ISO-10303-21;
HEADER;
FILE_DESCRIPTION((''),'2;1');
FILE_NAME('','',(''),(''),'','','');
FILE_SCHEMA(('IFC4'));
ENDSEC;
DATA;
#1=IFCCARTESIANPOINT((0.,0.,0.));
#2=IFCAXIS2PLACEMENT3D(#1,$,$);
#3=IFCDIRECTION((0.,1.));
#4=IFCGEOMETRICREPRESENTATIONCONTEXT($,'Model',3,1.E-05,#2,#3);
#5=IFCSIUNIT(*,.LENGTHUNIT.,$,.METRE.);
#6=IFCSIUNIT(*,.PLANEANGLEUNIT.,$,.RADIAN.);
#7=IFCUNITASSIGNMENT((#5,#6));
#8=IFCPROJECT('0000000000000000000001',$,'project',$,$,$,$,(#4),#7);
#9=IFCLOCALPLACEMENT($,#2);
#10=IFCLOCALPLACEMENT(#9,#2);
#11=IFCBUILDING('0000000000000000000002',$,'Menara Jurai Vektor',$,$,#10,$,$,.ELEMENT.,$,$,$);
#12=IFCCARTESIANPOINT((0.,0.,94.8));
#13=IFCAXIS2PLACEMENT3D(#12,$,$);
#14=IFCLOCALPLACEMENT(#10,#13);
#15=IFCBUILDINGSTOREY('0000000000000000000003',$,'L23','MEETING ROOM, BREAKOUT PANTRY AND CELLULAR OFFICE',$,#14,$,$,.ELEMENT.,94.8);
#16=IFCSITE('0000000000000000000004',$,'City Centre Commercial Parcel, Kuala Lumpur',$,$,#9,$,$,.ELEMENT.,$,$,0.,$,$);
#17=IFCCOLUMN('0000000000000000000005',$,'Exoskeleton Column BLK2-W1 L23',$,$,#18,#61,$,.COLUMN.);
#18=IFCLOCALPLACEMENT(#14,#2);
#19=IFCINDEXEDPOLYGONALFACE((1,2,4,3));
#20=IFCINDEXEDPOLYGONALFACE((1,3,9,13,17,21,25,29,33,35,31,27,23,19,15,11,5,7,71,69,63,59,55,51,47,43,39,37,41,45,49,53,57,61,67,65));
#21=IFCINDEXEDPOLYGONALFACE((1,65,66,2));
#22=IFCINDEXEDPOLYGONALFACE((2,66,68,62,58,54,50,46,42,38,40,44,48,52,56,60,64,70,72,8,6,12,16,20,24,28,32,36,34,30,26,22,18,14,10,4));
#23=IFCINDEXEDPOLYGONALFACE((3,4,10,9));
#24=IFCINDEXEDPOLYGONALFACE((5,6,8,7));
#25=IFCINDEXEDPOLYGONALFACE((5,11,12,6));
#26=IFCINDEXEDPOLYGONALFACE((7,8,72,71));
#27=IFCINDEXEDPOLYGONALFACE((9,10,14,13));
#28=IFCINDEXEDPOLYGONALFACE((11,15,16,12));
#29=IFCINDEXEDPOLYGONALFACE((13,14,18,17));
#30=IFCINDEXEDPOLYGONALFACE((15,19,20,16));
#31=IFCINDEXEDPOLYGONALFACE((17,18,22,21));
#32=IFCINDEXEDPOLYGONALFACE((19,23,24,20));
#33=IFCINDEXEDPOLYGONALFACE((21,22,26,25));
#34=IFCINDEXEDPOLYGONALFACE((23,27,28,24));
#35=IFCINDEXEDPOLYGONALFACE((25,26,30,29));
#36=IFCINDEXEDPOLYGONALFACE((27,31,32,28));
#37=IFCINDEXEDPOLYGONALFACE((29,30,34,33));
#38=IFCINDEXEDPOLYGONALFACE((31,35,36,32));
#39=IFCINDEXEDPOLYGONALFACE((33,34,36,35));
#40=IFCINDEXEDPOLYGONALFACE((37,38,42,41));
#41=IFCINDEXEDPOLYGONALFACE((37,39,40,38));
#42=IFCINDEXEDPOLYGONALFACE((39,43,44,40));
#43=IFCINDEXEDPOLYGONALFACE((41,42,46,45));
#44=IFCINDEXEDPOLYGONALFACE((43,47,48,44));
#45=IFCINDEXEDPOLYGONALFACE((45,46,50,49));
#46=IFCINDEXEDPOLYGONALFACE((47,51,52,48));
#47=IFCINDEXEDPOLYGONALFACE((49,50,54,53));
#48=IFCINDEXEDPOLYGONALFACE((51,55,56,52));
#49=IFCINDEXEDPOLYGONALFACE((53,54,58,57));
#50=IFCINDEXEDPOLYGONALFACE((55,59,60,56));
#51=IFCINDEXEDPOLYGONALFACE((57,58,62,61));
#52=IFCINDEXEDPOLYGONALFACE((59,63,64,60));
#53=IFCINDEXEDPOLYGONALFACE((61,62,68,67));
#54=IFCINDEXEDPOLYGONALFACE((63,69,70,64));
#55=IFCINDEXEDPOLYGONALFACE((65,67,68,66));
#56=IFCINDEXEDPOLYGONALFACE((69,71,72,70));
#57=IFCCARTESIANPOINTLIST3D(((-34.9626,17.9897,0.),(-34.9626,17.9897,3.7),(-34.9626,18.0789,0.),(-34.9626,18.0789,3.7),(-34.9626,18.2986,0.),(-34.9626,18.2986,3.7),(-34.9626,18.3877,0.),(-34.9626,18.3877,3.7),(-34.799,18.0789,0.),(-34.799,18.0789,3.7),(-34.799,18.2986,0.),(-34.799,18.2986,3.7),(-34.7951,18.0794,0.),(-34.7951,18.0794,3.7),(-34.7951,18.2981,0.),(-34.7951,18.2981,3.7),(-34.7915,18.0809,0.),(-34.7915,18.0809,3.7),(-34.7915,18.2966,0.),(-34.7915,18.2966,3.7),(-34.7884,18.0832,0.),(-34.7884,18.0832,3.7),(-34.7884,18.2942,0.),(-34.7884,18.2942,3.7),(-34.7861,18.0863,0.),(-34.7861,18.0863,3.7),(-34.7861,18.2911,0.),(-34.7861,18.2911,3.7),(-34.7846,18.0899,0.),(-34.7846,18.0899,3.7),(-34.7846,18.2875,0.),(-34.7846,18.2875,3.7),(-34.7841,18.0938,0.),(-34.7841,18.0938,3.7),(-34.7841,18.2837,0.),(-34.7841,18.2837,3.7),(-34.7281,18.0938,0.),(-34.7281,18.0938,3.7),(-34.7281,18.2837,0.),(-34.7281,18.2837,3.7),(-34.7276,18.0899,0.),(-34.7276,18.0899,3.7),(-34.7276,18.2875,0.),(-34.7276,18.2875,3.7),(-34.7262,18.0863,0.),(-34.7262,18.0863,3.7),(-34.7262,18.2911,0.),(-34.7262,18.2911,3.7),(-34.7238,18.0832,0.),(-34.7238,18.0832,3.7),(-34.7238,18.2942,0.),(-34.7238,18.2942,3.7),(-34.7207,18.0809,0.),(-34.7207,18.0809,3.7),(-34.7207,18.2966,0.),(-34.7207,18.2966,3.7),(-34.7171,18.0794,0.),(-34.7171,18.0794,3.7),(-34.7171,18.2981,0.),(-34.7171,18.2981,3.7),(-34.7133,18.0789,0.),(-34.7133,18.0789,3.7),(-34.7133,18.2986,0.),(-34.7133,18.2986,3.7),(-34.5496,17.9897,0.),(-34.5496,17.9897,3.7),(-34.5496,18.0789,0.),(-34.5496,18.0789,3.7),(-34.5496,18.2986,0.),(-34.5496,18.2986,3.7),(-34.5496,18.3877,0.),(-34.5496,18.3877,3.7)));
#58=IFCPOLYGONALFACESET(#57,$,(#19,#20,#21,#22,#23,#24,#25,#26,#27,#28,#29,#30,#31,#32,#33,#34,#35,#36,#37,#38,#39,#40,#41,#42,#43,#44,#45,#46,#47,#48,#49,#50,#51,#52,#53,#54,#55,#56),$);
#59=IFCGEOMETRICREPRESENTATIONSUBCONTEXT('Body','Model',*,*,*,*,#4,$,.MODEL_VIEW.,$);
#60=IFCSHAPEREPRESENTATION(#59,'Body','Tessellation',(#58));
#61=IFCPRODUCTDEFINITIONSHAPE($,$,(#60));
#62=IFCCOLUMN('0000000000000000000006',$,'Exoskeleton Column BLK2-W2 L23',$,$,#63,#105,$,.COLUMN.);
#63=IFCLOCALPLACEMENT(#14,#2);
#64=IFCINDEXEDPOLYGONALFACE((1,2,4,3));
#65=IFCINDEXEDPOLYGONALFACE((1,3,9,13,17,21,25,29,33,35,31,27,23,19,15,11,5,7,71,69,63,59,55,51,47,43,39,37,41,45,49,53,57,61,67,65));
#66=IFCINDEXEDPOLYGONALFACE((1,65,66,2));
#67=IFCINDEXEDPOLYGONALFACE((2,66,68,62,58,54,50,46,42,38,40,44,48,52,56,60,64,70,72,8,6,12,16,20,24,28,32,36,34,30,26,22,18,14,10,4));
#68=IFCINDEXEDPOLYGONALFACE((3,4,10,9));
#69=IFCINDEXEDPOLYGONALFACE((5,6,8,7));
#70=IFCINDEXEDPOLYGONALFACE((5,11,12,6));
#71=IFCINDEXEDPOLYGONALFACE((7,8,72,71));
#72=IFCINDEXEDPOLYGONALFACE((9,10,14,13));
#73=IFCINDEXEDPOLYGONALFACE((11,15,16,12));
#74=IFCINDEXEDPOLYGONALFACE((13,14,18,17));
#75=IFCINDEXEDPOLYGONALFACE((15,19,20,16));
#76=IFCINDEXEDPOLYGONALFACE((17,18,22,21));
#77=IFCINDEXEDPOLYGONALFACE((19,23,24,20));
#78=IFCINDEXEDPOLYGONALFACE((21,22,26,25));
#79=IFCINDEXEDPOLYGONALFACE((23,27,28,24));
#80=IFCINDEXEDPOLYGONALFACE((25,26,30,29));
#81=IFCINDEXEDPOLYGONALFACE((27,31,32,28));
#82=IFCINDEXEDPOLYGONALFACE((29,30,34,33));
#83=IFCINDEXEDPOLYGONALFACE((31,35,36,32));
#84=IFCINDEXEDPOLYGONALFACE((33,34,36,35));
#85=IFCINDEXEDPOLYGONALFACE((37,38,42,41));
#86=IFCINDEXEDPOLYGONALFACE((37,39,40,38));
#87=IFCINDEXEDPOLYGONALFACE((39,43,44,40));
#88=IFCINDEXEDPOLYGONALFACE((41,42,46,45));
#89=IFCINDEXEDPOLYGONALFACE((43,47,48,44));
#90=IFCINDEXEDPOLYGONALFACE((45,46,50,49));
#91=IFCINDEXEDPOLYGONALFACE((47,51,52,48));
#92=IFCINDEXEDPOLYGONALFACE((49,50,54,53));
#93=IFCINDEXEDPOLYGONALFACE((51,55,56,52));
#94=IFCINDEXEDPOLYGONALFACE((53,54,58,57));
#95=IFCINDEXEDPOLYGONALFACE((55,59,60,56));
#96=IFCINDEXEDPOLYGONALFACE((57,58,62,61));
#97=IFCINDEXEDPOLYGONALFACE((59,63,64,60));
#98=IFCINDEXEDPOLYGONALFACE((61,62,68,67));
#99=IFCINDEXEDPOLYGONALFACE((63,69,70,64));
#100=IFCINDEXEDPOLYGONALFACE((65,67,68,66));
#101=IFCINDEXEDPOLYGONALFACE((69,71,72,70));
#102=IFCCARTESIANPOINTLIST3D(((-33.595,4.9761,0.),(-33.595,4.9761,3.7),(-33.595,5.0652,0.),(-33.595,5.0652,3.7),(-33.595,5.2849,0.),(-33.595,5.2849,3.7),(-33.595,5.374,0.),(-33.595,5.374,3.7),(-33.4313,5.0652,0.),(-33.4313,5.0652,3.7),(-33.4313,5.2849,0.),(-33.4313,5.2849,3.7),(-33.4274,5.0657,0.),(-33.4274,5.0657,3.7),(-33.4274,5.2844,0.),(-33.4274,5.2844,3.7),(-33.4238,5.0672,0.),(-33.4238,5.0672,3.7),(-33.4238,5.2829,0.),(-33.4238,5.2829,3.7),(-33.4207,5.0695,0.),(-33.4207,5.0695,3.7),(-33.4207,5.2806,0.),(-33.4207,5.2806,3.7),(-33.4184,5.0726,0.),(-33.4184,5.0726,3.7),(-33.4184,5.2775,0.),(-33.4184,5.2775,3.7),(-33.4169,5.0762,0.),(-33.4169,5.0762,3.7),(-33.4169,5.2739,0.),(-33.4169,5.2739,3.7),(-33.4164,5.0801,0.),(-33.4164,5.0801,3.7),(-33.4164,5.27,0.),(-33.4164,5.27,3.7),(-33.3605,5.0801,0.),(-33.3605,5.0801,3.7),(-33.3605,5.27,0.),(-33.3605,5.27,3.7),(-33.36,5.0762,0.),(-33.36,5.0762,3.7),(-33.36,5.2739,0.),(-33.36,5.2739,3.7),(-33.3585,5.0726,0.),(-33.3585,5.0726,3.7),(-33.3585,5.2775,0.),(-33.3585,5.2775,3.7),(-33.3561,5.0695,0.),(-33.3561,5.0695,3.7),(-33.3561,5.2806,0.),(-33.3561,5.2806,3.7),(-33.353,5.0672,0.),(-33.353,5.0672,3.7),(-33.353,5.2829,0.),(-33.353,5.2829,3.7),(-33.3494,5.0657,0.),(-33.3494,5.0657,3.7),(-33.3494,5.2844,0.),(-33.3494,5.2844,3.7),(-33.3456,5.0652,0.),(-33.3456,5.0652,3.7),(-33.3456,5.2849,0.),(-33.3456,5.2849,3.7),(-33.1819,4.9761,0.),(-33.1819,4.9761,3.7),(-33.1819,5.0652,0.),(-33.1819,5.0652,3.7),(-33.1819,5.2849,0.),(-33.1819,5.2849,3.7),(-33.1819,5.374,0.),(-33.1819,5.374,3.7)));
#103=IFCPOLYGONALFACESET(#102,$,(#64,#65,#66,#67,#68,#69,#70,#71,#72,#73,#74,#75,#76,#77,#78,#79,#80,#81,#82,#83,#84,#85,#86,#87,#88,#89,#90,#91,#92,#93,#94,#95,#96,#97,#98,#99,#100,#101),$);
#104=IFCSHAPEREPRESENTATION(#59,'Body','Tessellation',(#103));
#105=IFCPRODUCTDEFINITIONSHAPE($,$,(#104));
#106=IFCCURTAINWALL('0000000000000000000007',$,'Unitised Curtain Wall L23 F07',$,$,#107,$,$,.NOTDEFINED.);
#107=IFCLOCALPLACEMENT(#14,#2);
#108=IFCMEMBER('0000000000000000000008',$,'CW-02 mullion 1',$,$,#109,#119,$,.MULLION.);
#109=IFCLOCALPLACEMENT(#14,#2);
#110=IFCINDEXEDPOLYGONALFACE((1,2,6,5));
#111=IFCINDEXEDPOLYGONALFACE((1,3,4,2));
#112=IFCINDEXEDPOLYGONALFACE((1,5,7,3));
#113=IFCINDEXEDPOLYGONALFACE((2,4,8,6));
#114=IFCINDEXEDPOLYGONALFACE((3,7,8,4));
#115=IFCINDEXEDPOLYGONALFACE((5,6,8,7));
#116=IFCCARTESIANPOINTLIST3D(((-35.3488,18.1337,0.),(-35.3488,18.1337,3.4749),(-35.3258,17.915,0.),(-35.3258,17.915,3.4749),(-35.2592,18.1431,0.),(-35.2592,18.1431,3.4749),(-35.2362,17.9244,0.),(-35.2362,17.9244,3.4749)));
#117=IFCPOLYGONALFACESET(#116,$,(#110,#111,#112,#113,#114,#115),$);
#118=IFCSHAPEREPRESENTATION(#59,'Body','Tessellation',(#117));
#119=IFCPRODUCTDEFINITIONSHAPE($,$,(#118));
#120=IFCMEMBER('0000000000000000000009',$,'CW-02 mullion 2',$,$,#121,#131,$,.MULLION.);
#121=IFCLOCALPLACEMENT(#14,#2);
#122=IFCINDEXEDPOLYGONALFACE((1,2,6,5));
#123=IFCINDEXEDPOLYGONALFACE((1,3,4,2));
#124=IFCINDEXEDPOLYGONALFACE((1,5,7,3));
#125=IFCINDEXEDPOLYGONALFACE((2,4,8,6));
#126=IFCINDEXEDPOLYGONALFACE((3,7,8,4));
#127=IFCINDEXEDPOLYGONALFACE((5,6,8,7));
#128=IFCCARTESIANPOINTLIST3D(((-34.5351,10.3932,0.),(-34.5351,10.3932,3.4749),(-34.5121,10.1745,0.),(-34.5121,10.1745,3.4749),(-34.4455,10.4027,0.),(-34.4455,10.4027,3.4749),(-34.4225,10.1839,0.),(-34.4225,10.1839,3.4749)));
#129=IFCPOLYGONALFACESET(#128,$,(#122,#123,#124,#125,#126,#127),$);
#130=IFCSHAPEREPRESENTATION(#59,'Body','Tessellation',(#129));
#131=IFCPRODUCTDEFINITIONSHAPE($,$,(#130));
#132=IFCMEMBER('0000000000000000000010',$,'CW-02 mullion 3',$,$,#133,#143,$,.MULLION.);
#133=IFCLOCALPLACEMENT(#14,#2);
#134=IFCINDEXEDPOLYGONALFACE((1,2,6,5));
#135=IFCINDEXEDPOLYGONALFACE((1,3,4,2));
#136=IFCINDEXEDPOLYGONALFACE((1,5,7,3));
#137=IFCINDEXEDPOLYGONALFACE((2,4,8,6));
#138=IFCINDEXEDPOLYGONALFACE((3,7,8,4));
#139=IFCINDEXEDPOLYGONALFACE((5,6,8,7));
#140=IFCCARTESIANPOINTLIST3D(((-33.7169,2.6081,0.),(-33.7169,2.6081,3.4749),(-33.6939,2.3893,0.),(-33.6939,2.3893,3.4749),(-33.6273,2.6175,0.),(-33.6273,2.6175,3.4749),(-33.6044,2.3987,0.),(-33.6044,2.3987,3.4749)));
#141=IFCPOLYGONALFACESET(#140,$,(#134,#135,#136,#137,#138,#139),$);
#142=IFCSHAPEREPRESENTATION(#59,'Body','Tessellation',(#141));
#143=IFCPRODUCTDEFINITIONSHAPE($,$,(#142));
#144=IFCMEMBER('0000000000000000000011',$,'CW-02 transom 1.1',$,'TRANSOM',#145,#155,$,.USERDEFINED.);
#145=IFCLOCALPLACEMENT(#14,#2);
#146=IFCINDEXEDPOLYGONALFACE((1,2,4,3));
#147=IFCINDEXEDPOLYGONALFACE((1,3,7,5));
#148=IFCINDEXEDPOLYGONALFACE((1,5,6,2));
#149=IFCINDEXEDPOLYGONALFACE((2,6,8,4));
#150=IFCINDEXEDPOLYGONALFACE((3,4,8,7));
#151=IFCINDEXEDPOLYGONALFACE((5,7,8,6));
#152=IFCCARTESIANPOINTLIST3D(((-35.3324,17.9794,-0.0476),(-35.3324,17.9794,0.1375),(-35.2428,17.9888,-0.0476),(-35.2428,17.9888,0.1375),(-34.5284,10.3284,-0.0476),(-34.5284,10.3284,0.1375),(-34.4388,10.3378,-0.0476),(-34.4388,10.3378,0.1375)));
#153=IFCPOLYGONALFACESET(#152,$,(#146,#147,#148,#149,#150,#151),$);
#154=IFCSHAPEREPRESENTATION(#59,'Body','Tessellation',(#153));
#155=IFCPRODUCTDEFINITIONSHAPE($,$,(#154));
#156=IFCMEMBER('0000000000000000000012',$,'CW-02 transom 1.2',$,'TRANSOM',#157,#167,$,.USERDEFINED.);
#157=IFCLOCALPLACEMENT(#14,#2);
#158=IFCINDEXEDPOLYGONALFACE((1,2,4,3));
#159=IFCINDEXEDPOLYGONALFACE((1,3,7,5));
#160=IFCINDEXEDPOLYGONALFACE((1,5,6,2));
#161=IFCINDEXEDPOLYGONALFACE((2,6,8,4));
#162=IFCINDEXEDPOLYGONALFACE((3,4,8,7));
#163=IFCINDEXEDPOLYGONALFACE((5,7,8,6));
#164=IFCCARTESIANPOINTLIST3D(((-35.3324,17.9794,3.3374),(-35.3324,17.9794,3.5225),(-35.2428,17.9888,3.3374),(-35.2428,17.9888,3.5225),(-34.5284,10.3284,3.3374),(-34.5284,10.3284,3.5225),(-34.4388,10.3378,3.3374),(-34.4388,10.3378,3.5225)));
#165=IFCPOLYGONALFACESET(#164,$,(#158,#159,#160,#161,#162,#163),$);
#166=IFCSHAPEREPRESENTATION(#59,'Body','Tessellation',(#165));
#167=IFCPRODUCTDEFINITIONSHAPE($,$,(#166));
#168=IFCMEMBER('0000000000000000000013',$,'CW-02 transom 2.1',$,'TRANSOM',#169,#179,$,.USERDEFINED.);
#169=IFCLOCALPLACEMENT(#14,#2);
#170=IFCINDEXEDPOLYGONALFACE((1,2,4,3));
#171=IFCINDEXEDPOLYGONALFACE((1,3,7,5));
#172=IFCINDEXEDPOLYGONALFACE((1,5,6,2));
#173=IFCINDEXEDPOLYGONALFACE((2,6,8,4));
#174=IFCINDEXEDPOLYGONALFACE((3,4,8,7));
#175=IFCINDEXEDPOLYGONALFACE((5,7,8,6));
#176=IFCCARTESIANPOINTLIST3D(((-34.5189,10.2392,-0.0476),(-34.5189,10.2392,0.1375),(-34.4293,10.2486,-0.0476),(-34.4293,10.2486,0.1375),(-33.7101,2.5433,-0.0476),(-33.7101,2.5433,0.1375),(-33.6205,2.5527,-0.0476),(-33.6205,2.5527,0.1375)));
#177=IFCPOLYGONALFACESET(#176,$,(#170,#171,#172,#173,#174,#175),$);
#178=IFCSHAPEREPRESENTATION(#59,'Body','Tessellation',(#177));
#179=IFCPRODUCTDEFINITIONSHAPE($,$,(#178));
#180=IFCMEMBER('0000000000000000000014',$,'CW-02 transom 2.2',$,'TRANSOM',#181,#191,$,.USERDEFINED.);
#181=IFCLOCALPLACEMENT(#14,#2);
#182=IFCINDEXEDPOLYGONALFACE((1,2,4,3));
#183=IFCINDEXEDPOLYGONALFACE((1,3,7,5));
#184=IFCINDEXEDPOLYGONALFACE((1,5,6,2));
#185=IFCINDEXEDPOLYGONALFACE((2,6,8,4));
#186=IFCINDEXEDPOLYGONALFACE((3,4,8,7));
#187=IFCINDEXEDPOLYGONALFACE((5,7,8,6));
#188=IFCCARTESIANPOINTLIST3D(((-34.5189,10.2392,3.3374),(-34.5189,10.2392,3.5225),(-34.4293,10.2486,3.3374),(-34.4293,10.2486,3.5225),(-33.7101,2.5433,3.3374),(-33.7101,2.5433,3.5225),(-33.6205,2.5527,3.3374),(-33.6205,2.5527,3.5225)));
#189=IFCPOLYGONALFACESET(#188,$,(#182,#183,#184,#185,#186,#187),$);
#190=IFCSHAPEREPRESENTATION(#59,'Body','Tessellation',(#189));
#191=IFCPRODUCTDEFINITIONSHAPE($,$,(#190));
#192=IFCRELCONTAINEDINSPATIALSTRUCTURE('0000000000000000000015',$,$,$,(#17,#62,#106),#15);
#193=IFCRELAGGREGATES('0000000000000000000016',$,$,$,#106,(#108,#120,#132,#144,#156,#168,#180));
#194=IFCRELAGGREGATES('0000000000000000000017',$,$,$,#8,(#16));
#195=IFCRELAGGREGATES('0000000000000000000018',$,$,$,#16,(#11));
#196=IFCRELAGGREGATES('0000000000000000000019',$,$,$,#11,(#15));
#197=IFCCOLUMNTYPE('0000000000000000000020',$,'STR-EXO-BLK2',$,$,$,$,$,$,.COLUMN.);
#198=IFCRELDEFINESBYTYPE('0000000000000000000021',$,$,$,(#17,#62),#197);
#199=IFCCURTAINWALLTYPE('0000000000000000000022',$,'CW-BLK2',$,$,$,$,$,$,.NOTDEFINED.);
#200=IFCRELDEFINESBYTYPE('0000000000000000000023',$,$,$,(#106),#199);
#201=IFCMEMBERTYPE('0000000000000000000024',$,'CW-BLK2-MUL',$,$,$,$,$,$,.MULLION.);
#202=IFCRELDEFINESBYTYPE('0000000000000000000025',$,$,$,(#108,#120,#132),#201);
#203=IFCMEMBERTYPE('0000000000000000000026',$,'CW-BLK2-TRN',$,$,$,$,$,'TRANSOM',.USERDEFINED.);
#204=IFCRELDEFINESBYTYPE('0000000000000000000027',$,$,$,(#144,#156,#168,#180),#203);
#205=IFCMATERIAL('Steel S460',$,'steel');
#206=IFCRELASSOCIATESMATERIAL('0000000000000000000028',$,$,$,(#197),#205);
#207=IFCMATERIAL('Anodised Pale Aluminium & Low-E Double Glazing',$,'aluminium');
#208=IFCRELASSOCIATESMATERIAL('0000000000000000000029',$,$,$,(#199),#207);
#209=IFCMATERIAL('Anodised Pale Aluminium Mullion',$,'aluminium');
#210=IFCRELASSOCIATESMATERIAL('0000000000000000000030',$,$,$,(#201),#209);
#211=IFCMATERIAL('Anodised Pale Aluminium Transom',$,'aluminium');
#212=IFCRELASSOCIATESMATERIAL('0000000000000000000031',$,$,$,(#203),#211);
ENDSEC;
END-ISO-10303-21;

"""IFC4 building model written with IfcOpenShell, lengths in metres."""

from ifc_helpers import new_model, si_unit, direction, frame, origin, origin_2d, place, context, subcontext, project, spatial, rectangle, i_section, extrude, material, material_profile, profile_set, type_object, element, aggregate, save


model = new_model("IFC4")

# Units and contexts
model_context = context("Model", 3, precision=1e-05, world=origin(), true_north=direction((0.0, 1.0)))
body_context = subcontext(model_context, "Body", "Model", "MODEL_VIEW")
ifc_project = project(units=[si_unit("LENGTHUNIT", "METRE"), si_unit("PLANEANGLEUNIT", "RADIAN")], contexts=[model_context])

# Site, building, storey
site_placement = place(None, origin())
site = spatial("IfcSite", under=ifc_project, at=site_placement, Name="City Centre Commercial Parcel, Kuala Lumpur", CompositionType="ELEMENT", RefElevation=0.0)
building_placement = place(site_placement, origin())
building = spatial("IfcBuilding", under=site, at=building_placement, Name="Menara Jurai Vektor", CompositionType="ELEMENT")
storey_placement = place(building_placement, frame((0.0, 0.0, 94.8)))
storey = spatial("IfcBuildingStorey", under=building, at=storey_placement, Name="L23", Description="MEETING ROOM, BREAKOUT PANTRY AND CELLULAR OFFICE", CompositionType="ELEMENT", Elevation=94.8)

# Columns
ifc_material_1 = material(Name="Steel S460", Category="steel")
ifc_material_profile_1 = material_profile(ifc_material_1, i_section(OverallWidth=0.4131, OverallDepth=0.3979, WebThickness=0.0559, FlangeThickness=0.0891, FilletRadius=0.0149, at=origin_2d()), Name="HD 400x744")
ifc_profile_set_1 = profile_set([ifc_material_profile_1], Name="Steel S460")
column_type = type_object("IfcColumnType", Name="STR-EXO-BLK2", PredefinedType="COLUMN", material=ifc_profile_set_1)
for number, where, z_axis, x_axis, name in (
    (1, (-34.7561, 18.1887, 0.0), (0.0, 0.0, 1.0), (1.0, 0.0, 0.0), "Exoskeleton Column BLK2-W1 L23"),
    (2, (-33.3884, 5.175, 0.0), (0.0, 0.0, 1.0), (1.0, 0.0, 0.0), "Exoskeleton Column BLK2-W2 L23"),
):
    element("IfcColumn", number, at=place(storey_placement, frame(where, z_axis=z_axis, x_axis=x_axis)), inside=storey, type_object=column_type, Name=name, PredefinedType="COLUMN", context=body_context, shape_type="SweptSolid", body=[
        extrude(i_section(OverallWidth=0.4131, OverallDepth=0.3979, WebThickness=0.0559, FlangeThickness=0.0891, FilletRadius=0.0149, at=origin_2d()), origin(), (0.0, 0.0, 1.0), 3.7),
    ])

# Curtain wall, members
ifc_material_2 = material(Name="Anodised Pale Aluminium & Low-E Double Glazing", Category="aluminium")
curtain_wall_type = type_object("IfcCurtainWallType", Name="CW-BLK2", PredefinedType="NOTDEFINED", material=ifc_material_2)
curtain_wall_placement = place(storey_placement, origin())
curtain_wall = element("IfcCurtainWall", 3, at=curtain_wall_placement, inside=storey, type_object=curtain_wall_type, Name="Unitised Curtain Wall L23 F07", PredefinedType="NOTDEFINED")
ifc_material_3 = material(Name="Anodised Pale Aluminium Mullion", Category="aluminium")
ifc_material_profile_2 = material_profile(ifc_material_3, rectangle(XDim=0.0901, YDim=0.22, at=origin_2d()), Name="ALU MUL 90x220")
ifc_profile_set_2 = profile_set([ifc_material_profile_2], Name="Anodised Pale Aluminium Mullion")
member_type_1 = type_object("IfcMemberType", Name="CW-BLK2-MUL", PredefinedType="MULLION", material=ifc_profile_set_2)
member_1_placement = place(storey_placement, frame((-35.2925, 18.0291, 0.0), z_axis=(0.0, 0.0, 1.0), x_axis=(0.994522, 0.10453, 0.0)))
member_1 = element("IfcMember", 4, at=member_1_placement, type_object=member_type_1, Name="CW-02 mullion 1", PredefinedType="MULLION", context=body_context, shape_type="SweptSolid", body=[
    extrude(rectangle(XDim=0.0901, YDim=0.22, at=origin_2d()), origin(), (0.0, 0.0, 1.0), 3.4749),
])
member_2_placement = place(storey_placement, frame((-34.4788, 10.2886, 0.0), z_axis=(0.0, 0.0, 1.0), x_axis=(0.994522, 0.10453, 0.0)))
member_2 = element("IfcMember", 5, at=member_2_placement, type_object=member_type_1, Name="CW-02 mullion 2", PredefinedType="MULLION", context=body_context, shape_type="SweptSolid", body=[
    extrude(rectangle(XDim=0.0901, YDim=0.22, at=origin_2d()), origin(), (0.0, 0.0, 1.0), 3.4749),
])
member_3_placement = place(storey_placement, frame((-33.6606, 2.5034, 0.0), z_axis=(0.0, 0.0, 1.0), x_axis=(0.994522, 0.10453, 0.0)))
member_3 = element("IfcMember", 6, at=member_3_placement, type_object=member_type_1, Name="CW-02 mullion 3", PredefinedType="MULLION", context=body_context, shape_type="SweptSolid", body=[
    extrude(rectangle(XDim=0.0901, YDim=0.22, at=origin_2d()), origin(), (0.0, 0.0, 1.0), 3.4749),
])
ifc_material_4 = material(Name="Anodised Pale Aluminium Transom", Category="aluminium")
ifc_material_profile_3 = material_profile(ifc_material_4, rectangle(XDim=0.0901, YDim=0.1851, at=origin_2d()), Name="ALU TRN 90x185")
ifc_profile_set_3 = profile_set([ifc_material_profile_3], Name="Anodised Pale Aluminium Transom")
member_type_2 = type_object("IfcMemberType", Name="CW-BLK2-TRN", ElementType="TRANSOM", PredefinedType="USERDEFINED", material=ifc_profile_set_3)
member_4_placement = place(storey_placement, frame((-35.2876, 17.9841, 0.0449), z_axis=(0.104505, -0.994524, 0.0), x_axis=(0.994524, 0.104505, 0.0)))
member_4 = element("IfcMember", 7, at=member_4_placement, type_object=member_type_2, Name="CW-02 transom 1.1", ObjectType="TRANSOM", PredefinedType="USERDEFINED", context=body_context, shape_type="SweptSolid", body=[
    extrude(rectangle(XDim=0.0901, YDim=0.1851, at=origin_2d()), origin(), (0.0, 0.0, 1.0), 7.6931),
])
member_5_placement = place(storey_placement, frame((-35.2876, 17.9841, 3.4299), z_axis=(0.104505, -0.994524, 0.0), x_axis=(0.994524, 0.104505, 0.0)))
member_5 = element("IfcMember", 8, at=member_5_placement, type_object=member_type_2, Name="CW-02 transom 1.2", ObjectType="TRANSOM", PredefinedType="USERDEFINED", context=body_context, shape_type="SweptSolid", body=[
    extrude(rectangle(XDim=0.0901, YDim=0.1851, at=origin_2d()), origin(), (0.0, 0.0, 1.0), 7.6931),
])
member_6_placement = place(storey_placement, frame((-34.4741, 10.2439, 0.0449), z_axis=(0.104525, -0.994522, 0.0), x_axis=(0.994522, 0.104525, 0.0)))
member_6 = element("IfcMember", 9, at=member_6_placement, type_object=member_type_2, Name="CW-02 transom 2.1", ObjectType="TRANSOM", PredefinedType="USERDEFINED", context=body_context, shape_type="SweptSolid", body=[
    extrude(rectangle(XDim=0.0901, YDim=0.1851, at=origin_2d()), origin(), (0.0, 0.0, 1.0), 7.7383),
])
member_7_placement = place(storey_placement, frame((-34.4741, 10.2439, 3.4299), z_axis=(0.104525, -0.994522, 0.0), x_axis=(0.994522, 0.104525, 0.0)))
member_7 = element("IfcMember", 10, at=member_7_placement, type_object=member_type_2, Name="CW-02 transom 2.2", ObjectType="TRANSOM", PredefinedType="USERDEFINED", context=body_context, shape_type="SweptSolid", body=[
    extrude(rectangle(XDim=0.0901, YDim=0.1851, at=origin_2d()), origin(), (0.0, 0.0, 1.0), 7.7383),
])

aggregate(curtain_wall, [member_1, member_2, member_3, member_4, member_5, member_6, member_7])

save(model, "model.ifc")
